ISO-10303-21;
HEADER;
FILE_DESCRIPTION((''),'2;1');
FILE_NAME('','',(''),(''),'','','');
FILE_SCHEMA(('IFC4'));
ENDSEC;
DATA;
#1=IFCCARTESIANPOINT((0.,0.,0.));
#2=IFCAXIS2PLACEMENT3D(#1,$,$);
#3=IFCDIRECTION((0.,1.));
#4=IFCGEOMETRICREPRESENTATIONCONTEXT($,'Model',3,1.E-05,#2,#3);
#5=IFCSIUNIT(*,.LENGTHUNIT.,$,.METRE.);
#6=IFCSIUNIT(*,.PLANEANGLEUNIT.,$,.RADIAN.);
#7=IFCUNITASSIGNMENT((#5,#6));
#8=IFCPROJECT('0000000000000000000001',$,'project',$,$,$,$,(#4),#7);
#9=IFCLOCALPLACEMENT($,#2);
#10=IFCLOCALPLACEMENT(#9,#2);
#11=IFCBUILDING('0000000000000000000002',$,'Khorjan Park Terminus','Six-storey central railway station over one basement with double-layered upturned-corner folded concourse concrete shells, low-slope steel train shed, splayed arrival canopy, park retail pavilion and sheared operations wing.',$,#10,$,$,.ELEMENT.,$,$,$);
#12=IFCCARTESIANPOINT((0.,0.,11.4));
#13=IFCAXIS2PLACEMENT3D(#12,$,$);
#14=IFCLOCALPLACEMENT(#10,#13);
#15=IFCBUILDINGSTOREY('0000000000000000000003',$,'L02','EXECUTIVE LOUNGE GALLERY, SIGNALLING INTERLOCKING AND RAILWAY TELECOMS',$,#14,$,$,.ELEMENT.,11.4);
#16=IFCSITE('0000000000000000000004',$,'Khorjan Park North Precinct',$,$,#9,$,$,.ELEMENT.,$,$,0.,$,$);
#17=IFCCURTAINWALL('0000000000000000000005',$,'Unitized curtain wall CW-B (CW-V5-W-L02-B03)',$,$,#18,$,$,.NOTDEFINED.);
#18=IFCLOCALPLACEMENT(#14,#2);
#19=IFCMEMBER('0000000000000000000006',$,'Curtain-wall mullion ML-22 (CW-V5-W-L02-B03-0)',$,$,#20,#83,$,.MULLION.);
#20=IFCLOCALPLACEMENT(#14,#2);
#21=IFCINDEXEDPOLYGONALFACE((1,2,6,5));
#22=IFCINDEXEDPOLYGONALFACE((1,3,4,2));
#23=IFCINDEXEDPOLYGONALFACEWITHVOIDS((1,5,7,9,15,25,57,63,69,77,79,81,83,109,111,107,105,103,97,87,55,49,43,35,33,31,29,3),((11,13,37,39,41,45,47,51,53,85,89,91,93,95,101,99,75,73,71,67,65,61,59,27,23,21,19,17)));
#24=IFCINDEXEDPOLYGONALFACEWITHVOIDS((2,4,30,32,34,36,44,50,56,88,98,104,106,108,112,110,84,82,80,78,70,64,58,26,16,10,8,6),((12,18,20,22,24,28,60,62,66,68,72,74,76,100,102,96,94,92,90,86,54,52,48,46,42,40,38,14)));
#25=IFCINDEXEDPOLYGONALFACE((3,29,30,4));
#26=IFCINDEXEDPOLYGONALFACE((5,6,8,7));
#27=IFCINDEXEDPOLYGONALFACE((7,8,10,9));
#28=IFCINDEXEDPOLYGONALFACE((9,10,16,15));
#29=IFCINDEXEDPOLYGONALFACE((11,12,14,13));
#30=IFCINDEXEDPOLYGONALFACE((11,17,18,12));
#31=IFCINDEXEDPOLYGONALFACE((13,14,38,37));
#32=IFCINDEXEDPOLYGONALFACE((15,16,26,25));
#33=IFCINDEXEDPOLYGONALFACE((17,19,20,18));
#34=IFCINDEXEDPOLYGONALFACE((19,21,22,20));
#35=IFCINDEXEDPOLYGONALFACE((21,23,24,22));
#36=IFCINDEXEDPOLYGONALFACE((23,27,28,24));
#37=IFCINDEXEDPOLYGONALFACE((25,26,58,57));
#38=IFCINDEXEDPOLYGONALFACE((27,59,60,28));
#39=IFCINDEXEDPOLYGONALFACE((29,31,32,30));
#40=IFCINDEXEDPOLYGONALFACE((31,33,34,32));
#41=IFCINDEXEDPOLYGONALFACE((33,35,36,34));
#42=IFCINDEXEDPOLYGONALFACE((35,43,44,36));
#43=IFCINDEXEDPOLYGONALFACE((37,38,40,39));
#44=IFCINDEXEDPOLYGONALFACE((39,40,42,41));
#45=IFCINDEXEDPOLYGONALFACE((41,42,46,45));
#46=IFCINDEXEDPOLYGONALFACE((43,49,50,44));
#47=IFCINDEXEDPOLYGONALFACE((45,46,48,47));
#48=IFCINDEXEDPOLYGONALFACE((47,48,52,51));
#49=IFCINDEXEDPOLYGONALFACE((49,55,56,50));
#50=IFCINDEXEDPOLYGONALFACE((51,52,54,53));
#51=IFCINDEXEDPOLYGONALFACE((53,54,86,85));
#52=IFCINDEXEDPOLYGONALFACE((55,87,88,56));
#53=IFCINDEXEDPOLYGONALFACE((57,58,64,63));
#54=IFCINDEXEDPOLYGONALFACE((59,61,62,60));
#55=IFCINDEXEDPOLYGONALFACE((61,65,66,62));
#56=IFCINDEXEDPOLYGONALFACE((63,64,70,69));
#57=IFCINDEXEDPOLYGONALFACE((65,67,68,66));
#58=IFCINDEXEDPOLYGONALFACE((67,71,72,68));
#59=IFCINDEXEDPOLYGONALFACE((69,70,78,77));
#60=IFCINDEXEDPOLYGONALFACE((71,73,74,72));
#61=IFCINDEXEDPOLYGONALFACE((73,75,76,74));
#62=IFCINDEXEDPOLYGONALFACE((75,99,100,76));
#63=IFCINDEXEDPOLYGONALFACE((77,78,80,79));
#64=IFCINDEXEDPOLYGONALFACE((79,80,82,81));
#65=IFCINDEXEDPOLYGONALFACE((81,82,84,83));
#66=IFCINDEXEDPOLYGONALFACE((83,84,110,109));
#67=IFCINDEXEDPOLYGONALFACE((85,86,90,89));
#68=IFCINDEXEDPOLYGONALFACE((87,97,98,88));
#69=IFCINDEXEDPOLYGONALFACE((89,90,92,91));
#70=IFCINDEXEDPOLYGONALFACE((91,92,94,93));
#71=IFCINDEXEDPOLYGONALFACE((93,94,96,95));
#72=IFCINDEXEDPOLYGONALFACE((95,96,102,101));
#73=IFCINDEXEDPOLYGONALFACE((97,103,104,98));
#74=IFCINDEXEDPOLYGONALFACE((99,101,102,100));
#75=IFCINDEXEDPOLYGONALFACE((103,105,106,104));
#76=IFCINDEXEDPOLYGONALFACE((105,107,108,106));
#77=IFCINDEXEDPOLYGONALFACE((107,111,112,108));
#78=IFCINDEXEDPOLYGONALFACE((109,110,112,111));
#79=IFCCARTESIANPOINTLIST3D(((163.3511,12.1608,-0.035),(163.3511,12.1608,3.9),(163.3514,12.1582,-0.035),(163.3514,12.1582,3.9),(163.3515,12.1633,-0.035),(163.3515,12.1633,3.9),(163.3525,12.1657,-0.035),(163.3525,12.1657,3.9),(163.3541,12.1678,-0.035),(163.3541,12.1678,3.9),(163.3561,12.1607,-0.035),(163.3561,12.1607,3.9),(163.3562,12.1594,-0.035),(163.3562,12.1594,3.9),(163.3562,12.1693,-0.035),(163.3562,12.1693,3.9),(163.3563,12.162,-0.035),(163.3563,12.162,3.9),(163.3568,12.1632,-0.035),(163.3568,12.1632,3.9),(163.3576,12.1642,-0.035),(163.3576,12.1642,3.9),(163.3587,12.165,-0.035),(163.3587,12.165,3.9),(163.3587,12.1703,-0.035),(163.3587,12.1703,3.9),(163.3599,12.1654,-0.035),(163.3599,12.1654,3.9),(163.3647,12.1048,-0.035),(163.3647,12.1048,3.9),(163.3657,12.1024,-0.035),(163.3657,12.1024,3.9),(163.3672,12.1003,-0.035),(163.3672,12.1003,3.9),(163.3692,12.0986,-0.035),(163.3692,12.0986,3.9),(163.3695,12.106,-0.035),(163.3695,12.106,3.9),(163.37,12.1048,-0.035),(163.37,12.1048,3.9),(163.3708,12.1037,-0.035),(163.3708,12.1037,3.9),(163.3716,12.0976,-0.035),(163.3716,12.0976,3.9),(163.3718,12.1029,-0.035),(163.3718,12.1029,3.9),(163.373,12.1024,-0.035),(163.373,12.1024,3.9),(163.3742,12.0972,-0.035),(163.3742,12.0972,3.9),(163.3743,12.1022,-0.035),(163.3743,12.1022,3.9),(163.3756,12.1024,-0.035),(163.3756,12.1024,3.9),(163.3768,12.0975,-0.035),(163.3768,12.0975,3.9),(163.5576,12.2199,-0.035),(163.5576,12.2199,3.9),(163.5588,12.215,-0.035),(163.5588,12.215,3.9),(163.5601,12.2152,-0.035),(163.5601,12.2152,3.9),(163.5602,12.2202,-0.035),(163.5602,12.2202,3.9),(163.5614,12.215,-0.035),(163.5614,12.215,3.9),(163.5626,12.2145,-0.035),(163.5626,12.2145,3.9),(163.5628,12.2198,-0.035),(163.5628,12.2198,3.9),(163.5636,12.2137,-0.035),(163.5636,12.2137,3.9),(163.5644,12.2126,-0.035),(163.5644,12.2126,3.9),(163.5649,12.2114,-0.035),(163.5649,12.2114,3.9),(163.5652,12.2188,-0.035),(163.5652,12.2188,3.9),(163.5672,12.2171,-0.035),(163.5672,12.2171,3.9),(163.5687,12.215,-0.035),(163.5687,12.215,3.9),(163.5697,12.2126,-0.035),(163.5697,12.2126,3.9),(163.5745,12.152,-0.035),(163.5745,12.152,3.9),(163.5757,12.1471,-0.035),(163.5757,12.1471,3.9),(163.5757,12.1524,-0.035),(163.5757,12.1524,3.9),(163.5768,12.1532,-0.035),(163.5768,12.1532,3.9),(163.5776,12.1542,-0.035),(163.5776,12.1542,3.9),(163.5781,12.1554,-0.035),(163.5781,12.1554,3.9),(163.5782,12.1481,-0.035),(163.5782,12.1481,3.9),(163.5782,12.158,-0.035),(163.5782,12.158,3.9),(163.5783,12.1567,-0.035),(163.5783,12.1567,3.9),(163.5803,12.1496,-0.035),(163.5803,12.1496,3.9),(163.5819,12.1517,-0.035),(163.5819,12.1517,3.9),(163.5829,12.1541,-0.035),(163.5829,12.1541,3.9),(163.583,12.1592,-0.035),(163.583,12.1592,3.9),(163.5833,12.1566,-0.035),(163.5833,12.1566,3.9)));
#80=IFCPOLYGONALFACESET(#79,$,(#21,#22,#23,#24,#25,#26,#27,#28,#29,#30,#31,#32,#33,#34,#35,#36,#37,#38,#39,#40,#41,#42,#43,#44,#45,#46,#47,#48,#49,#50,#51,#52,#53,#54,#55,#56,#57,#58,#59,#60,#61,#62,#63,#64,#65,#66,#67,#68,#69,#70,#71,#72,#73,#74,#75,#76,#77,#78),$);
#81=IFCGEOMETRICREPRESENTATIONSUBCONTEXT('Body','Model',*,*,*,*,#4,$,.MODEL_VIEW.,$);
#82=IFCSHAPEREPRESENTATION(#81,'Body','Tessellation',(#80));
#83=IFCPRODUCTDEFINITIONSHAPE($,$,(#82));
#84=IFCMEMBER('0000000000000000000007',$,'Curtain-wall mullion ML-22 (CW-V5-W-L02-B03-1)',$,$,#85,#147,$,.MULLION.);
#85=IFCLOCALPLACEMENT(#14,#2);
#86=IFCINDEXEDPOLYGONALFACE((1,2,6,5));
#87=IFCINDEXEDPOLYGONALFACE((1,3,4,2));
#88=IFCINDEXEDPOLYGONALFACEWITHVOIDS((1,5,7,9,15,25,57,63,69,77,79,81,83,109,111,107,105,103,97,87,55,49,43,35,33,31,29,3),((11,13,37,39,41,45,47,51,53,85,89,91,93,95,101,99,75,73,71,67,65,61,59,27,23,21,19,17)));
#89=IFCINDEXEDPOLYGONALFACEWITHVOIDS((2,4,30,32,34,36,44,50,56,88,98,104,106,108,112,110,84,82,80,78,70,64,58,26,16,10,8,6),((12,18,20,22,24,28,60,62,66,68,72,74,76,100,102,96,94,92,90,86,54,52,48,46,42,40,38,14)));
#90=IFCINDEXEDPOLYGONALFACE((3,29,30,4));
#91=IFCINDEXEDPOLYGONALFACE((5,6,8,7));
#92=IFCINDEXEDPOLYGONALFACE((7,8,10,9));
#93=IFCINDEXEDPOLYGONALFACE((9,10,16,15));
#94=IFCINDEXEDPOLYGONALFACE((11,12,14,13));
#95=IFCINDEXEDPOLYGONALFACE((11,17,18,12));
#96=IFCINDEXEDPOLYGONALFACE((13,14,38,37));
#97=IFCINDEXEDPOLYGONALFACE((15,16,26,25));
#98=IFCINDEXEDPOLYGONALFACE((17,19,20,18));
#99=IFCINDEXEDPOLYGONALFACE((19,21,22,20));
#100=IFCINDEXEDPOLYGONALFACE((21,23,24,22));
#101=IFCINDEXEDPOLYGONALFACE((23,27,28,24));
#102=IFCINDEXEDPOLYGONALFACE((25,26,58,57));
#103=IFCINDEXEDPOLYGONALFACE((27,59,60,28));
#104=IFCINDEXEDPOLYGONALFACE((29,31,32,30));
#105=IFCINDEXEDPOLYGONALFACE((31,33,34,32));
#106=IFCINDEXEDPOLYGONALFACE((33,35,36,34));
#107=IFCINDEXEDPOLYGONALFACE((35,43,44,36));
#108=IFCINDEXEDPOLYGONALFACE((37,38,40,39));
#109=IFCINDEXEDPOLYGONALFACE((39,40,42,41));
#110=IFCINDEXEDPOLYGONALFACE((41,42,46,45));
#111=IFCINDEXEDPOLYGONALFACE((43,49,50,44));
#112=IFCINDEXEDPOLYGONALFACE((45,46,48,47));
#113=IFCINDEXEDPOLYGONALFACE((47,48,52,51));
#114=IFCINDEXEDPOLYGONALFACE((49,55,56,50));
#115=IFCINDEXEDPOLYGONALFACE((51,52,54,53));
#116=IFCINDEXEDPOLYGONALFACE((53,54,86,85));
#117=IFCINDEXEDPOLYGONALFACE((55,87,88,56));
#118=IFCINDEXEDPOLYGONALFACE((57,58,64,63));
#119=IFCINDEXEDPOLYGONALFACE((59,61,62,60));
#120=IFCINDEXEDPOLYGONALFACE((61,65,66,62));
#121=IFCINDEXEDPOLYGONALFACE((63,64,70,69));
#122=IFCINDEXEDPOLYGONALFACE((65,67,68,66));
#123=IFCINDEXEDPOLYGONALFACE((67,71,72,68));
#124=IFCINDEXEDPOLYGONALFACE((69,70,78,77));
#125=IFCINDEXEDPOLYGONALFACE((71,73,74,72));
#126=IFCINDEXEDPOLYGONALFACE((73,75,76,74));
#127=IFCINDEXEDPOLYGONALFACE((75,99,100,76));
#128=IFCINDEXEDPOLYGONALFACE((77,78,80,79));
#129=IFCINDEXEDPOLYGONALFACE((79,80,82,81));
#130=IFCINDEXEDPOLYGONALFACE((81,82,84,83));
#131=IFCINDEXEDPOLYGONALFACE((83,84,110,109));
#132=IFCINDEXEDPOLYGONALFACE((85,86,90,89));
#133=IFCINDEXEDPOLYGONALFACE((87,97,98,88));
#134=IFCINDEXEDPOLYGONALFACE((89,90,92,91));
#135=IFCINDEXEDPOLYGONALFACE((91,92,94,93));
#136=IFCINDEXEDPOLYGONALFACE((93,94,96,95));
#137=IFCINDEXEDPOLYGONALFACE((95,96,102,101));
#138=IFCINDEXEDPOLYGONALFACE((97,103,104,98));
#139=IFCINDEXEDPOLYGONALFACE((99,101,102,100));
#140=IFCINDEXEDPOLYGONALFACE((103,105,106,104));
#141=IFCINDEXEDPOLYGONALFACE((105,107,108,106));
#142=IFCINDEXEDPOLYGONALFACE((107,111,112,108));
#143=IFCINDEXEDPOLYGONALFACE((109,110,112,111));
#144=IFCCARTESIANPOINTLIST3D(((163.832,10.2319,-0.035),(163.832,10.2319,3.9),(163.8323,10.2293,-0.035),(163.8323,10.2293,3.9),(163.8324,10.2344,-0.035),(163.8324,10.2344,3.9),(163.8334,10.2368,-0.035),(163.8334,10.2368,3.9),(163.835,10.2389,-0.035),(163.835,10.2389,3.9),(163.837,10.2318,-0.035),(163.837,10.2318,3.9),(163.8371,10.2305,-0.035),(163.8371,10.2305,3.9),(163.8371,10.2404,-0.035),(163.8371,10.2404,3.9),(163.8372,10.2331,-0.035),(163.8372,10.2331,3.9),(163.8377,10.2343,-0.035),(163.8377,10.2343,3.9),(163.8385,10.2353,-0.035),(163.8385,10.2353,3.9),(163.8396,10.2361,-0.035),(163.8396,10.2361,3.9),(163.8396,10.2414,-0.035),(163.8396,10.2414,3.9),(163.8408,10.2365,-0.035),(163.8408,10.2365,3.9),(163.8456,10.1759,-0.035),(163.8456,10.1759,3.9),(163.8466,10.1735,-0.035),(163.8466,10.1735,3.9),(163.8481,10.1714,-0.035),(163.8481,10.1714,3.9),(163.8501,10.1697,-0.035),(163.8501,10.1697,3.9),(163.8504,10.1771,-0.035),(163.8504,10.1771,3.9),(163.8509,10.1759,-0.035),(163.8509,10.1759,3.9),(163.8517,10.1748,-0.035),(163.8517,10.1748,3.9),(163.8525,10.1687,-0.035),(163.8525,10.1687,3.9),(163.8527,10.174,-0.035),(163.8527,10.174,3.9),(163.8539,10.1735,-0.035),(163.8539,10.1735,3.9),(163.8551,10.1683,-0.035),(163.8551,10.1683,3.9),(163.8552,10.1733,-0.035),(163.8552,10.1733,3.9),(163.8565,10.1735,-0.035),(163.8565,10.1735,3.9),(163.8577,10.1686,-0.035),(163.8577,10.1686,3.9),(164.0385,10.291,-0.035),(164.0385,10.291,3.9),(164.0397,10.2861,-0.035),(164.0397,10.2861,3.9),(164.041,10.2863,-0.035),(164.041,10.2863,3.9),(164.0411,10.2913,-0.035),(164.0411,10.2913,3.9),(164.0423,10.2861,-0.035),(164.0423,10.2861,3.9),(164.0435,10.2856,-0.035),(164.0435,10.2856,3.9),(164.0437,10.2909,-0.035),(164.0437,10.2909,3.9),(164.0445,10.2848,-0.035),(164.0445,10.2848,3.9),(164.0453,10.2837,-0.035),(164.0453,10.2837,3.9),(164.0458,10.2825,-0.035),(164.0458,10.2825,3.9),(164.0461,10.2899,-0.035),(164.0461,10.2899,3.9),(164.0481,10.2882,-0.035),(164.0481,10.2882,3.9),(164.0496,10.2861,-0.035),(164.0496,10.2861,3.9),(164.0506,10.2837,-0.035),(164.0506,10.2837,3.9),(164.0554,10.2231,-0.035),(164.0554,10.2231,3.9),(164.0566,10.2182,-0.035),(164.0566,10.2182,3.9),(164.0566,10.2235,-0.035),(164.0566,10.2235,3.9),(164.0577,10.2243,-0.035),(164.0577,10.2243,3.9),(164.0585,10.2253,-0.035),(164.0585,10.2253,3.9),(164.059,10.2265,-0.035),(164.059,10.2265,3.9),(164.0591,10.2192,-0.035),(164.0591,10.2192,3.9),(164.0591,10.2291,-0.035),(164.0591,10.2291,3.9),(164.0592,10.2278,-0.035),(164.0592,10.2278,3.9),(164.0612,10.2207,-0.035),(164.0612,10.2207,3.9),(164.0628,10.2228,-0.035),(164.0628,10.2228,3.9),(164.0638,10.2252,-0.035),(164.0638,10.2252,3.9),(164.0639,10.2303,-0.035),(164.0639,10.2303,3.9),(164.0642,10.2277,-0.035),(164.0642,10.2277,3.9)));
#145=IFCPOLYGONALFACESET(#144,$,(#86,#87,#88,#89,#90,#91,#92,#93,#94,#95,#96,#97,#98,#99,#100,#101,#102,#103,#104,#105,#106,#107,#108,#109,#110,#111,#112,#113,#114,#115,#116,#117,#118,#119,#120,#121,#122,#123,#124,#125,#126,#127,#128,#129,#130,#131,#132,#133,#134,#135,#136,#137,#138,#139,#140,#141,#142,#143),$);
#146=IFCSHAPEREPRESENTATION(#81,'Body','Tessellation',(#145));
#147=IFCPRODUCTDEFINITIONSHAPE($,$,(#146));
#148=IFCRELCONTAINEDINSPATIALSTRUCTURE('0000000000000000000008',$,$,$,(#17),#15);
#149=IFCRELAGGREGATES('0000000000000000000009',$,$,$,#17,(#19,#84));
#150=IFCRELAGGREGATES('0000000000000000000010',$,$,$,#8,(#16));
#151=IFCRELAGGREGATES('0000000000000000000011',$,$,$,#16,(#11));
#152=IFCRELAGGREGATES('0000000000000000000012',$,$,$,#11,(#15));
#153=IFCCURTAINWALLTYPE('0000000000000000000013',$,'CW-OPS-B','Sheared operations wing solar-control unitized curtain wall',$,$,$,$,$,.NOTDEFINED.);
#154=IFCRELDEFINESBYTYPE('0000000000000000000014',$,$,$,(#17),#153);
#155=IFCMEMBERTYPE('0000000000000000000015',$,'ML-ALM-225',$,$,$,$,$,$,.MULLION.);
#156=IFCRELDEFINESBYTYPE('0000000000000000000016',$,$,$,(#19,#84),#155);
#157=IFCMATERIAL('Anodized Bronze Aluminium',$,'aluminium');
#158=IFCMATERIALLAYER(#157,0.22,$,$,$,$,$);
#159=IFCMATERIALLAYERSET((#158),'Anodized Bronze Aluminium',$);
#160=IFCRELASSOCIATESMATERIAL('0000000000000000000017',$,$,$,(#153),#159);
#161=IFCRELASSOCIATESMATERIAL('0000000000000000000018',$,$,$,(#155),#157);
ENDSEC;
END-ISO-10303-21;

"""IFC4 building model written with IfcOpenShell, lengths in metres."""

from ifc_helpers import new_model, si_unit, direction, frame, origin, origin_2d, place, context, subcontext, project, spatial, hollow_rectangle, extrude, material, layer, layer_set, material_profile, profile_set, type_object, element, aggregate, save


model = new_model("IFC4")

# Units and contexts
model_context = context("Model", 3, precision=1e-05, world=origin(), true_north=direction((0.0, 1.0)))
body_context = subcontext(model_context, "Body", "Model", "MODEL_VIEW")
ifc_project = project(units=[si_unit("LENGTHUNIT", "METRE"), si_unit("PLANEANGLEUNIT", "RADIAN")], contexts=[model_context])

# Site, building, storey
site_placement = place(None, origin())
site = spatial("IfcSite", under=ifc_project, at=site_placement, Name="Khorjan Park North Precinct", CompositionType="ELEMENT", RefElevation=0.0)
building_placement = place(site_placement, origin())
building = spatial("IfcBuilding", under=site, at=building_placement, Name="Khorjan Park Terminus", Description="Six-storey central railway station over one basement with double-layered upturned-corner folded concourse concrete shells, low-slope steel train shed, splayed arrival canopy, park retail pavilion and sheared operations wing.", CompositionType="ELEMENT")
storey_placement = place(building_placement, frame((0.0, 0.0, 11.4)))
storey = spatial("IfcBuildingStorey", under=building, at=storey_placement, Name="L02", Description="EXECUTIVE LOUNGE GALLERY, SIGNALLING INTERLOCKING AND RAILWAY TELECOMS", CompositionType="ELEMENT", Elevation=11.4)

# Curtain wall, members
ifc_material_1 = material(Name="Anodized Bronze Aluminium", Category="aluminium")
ifc_layer_1 = layer(ifc_material_1, 0.22)
ifc_layer_set_1 = layer_set([ifc_layer_1], Name="Anodized Bronze Aluminium")
curtain_wall_type = type_object("IfcCurtainWallType", Name="CW-OPS-B", Description="Sheared operations wing solar-control unitized curtain wall", PredefinedType="NOTDEFINED", material=ifc_layer_set_1)
curtain_wall_placement = place(storey_placement, origin())
curtain_wall = element("IfcCurtainWall", 1, at=curtain_wall_placement, inside=storey, type_object=curtain_wall_type, Name="Unitized curtain wall CW-B (CW-V5-W-L02-B03)", PredefinedType="NOTDEFINED")
ifc_material_profile_1 = material_profile(ifc_material_1, hollow_rectangle(XDim=0.075, YDim=0.225, WallThickness=0.005, InnerFilletRadius=0.005, OuterFilletRadius=0.01, at=origin_2d()), Name="ALM 75x225x5")
ifc_profile_set_1 = profile_set([ifc_material_profile_1], Name="Anodized Bronze Aluminium")
member_type_1 = type_object("IfcMemberType", Name="ML-ALM-225", PredefinedType="MULLION", material=ifc_profile_set_1)
member_1_placement = place(storey_placement, frame((163.4672, 12.1587, -0.035), z_axis=(0.0, 0.0, 1.0), x_axis=(0.24192, -0.970296, 0.0)))
member_1 = element("IfcMember", 2, at=member_1_placement, type_object=member_type_1, Name="Curtain-wall mullion ML-22 (CW-V5-W-L02-B03-0)", PredefinedType="MULLION", context=body_context, shape_type="SweptSolid", body=[
    extrude(hollow_rectangle(XDim=0.075, YDim=0.225, WallThickness=0.005, InnerFilletRadius=0.005, OuterFilletRadius=0.01, at=origin_2d()), origin(), (0.0, 0.0, 1.0), 3.935),
])
member_2_placement = place(storey_placement, frame((163.9481, 10.2298, -0.035), z_axis=(0.0, 0.0, 1.0), x_axis=(0.24192, -0.970296, 0.0)))
member_2 = element("IfcMember", 3, at=member_2_placement, type_object=member_type_1, Name="Curtain-wall mullion ML-22 (CW-V5-W-L02-B03-1)", PredefinedType="MULLION", context=body_context, shape_type="SweptSolid", body=[
    extrude(hollow_rectangle(XDim=0.075, YDim=0.225, WallThickness=0.005, InnerFilletRadius=0.005, OuterFilletRadius=0.01, at=origin_2d()), origin(), (0.0, 0.0, 1.0), 3.935),
])
aggregate(curtain_wall, [member_1, member_2])

save(model, "model.ifc")
